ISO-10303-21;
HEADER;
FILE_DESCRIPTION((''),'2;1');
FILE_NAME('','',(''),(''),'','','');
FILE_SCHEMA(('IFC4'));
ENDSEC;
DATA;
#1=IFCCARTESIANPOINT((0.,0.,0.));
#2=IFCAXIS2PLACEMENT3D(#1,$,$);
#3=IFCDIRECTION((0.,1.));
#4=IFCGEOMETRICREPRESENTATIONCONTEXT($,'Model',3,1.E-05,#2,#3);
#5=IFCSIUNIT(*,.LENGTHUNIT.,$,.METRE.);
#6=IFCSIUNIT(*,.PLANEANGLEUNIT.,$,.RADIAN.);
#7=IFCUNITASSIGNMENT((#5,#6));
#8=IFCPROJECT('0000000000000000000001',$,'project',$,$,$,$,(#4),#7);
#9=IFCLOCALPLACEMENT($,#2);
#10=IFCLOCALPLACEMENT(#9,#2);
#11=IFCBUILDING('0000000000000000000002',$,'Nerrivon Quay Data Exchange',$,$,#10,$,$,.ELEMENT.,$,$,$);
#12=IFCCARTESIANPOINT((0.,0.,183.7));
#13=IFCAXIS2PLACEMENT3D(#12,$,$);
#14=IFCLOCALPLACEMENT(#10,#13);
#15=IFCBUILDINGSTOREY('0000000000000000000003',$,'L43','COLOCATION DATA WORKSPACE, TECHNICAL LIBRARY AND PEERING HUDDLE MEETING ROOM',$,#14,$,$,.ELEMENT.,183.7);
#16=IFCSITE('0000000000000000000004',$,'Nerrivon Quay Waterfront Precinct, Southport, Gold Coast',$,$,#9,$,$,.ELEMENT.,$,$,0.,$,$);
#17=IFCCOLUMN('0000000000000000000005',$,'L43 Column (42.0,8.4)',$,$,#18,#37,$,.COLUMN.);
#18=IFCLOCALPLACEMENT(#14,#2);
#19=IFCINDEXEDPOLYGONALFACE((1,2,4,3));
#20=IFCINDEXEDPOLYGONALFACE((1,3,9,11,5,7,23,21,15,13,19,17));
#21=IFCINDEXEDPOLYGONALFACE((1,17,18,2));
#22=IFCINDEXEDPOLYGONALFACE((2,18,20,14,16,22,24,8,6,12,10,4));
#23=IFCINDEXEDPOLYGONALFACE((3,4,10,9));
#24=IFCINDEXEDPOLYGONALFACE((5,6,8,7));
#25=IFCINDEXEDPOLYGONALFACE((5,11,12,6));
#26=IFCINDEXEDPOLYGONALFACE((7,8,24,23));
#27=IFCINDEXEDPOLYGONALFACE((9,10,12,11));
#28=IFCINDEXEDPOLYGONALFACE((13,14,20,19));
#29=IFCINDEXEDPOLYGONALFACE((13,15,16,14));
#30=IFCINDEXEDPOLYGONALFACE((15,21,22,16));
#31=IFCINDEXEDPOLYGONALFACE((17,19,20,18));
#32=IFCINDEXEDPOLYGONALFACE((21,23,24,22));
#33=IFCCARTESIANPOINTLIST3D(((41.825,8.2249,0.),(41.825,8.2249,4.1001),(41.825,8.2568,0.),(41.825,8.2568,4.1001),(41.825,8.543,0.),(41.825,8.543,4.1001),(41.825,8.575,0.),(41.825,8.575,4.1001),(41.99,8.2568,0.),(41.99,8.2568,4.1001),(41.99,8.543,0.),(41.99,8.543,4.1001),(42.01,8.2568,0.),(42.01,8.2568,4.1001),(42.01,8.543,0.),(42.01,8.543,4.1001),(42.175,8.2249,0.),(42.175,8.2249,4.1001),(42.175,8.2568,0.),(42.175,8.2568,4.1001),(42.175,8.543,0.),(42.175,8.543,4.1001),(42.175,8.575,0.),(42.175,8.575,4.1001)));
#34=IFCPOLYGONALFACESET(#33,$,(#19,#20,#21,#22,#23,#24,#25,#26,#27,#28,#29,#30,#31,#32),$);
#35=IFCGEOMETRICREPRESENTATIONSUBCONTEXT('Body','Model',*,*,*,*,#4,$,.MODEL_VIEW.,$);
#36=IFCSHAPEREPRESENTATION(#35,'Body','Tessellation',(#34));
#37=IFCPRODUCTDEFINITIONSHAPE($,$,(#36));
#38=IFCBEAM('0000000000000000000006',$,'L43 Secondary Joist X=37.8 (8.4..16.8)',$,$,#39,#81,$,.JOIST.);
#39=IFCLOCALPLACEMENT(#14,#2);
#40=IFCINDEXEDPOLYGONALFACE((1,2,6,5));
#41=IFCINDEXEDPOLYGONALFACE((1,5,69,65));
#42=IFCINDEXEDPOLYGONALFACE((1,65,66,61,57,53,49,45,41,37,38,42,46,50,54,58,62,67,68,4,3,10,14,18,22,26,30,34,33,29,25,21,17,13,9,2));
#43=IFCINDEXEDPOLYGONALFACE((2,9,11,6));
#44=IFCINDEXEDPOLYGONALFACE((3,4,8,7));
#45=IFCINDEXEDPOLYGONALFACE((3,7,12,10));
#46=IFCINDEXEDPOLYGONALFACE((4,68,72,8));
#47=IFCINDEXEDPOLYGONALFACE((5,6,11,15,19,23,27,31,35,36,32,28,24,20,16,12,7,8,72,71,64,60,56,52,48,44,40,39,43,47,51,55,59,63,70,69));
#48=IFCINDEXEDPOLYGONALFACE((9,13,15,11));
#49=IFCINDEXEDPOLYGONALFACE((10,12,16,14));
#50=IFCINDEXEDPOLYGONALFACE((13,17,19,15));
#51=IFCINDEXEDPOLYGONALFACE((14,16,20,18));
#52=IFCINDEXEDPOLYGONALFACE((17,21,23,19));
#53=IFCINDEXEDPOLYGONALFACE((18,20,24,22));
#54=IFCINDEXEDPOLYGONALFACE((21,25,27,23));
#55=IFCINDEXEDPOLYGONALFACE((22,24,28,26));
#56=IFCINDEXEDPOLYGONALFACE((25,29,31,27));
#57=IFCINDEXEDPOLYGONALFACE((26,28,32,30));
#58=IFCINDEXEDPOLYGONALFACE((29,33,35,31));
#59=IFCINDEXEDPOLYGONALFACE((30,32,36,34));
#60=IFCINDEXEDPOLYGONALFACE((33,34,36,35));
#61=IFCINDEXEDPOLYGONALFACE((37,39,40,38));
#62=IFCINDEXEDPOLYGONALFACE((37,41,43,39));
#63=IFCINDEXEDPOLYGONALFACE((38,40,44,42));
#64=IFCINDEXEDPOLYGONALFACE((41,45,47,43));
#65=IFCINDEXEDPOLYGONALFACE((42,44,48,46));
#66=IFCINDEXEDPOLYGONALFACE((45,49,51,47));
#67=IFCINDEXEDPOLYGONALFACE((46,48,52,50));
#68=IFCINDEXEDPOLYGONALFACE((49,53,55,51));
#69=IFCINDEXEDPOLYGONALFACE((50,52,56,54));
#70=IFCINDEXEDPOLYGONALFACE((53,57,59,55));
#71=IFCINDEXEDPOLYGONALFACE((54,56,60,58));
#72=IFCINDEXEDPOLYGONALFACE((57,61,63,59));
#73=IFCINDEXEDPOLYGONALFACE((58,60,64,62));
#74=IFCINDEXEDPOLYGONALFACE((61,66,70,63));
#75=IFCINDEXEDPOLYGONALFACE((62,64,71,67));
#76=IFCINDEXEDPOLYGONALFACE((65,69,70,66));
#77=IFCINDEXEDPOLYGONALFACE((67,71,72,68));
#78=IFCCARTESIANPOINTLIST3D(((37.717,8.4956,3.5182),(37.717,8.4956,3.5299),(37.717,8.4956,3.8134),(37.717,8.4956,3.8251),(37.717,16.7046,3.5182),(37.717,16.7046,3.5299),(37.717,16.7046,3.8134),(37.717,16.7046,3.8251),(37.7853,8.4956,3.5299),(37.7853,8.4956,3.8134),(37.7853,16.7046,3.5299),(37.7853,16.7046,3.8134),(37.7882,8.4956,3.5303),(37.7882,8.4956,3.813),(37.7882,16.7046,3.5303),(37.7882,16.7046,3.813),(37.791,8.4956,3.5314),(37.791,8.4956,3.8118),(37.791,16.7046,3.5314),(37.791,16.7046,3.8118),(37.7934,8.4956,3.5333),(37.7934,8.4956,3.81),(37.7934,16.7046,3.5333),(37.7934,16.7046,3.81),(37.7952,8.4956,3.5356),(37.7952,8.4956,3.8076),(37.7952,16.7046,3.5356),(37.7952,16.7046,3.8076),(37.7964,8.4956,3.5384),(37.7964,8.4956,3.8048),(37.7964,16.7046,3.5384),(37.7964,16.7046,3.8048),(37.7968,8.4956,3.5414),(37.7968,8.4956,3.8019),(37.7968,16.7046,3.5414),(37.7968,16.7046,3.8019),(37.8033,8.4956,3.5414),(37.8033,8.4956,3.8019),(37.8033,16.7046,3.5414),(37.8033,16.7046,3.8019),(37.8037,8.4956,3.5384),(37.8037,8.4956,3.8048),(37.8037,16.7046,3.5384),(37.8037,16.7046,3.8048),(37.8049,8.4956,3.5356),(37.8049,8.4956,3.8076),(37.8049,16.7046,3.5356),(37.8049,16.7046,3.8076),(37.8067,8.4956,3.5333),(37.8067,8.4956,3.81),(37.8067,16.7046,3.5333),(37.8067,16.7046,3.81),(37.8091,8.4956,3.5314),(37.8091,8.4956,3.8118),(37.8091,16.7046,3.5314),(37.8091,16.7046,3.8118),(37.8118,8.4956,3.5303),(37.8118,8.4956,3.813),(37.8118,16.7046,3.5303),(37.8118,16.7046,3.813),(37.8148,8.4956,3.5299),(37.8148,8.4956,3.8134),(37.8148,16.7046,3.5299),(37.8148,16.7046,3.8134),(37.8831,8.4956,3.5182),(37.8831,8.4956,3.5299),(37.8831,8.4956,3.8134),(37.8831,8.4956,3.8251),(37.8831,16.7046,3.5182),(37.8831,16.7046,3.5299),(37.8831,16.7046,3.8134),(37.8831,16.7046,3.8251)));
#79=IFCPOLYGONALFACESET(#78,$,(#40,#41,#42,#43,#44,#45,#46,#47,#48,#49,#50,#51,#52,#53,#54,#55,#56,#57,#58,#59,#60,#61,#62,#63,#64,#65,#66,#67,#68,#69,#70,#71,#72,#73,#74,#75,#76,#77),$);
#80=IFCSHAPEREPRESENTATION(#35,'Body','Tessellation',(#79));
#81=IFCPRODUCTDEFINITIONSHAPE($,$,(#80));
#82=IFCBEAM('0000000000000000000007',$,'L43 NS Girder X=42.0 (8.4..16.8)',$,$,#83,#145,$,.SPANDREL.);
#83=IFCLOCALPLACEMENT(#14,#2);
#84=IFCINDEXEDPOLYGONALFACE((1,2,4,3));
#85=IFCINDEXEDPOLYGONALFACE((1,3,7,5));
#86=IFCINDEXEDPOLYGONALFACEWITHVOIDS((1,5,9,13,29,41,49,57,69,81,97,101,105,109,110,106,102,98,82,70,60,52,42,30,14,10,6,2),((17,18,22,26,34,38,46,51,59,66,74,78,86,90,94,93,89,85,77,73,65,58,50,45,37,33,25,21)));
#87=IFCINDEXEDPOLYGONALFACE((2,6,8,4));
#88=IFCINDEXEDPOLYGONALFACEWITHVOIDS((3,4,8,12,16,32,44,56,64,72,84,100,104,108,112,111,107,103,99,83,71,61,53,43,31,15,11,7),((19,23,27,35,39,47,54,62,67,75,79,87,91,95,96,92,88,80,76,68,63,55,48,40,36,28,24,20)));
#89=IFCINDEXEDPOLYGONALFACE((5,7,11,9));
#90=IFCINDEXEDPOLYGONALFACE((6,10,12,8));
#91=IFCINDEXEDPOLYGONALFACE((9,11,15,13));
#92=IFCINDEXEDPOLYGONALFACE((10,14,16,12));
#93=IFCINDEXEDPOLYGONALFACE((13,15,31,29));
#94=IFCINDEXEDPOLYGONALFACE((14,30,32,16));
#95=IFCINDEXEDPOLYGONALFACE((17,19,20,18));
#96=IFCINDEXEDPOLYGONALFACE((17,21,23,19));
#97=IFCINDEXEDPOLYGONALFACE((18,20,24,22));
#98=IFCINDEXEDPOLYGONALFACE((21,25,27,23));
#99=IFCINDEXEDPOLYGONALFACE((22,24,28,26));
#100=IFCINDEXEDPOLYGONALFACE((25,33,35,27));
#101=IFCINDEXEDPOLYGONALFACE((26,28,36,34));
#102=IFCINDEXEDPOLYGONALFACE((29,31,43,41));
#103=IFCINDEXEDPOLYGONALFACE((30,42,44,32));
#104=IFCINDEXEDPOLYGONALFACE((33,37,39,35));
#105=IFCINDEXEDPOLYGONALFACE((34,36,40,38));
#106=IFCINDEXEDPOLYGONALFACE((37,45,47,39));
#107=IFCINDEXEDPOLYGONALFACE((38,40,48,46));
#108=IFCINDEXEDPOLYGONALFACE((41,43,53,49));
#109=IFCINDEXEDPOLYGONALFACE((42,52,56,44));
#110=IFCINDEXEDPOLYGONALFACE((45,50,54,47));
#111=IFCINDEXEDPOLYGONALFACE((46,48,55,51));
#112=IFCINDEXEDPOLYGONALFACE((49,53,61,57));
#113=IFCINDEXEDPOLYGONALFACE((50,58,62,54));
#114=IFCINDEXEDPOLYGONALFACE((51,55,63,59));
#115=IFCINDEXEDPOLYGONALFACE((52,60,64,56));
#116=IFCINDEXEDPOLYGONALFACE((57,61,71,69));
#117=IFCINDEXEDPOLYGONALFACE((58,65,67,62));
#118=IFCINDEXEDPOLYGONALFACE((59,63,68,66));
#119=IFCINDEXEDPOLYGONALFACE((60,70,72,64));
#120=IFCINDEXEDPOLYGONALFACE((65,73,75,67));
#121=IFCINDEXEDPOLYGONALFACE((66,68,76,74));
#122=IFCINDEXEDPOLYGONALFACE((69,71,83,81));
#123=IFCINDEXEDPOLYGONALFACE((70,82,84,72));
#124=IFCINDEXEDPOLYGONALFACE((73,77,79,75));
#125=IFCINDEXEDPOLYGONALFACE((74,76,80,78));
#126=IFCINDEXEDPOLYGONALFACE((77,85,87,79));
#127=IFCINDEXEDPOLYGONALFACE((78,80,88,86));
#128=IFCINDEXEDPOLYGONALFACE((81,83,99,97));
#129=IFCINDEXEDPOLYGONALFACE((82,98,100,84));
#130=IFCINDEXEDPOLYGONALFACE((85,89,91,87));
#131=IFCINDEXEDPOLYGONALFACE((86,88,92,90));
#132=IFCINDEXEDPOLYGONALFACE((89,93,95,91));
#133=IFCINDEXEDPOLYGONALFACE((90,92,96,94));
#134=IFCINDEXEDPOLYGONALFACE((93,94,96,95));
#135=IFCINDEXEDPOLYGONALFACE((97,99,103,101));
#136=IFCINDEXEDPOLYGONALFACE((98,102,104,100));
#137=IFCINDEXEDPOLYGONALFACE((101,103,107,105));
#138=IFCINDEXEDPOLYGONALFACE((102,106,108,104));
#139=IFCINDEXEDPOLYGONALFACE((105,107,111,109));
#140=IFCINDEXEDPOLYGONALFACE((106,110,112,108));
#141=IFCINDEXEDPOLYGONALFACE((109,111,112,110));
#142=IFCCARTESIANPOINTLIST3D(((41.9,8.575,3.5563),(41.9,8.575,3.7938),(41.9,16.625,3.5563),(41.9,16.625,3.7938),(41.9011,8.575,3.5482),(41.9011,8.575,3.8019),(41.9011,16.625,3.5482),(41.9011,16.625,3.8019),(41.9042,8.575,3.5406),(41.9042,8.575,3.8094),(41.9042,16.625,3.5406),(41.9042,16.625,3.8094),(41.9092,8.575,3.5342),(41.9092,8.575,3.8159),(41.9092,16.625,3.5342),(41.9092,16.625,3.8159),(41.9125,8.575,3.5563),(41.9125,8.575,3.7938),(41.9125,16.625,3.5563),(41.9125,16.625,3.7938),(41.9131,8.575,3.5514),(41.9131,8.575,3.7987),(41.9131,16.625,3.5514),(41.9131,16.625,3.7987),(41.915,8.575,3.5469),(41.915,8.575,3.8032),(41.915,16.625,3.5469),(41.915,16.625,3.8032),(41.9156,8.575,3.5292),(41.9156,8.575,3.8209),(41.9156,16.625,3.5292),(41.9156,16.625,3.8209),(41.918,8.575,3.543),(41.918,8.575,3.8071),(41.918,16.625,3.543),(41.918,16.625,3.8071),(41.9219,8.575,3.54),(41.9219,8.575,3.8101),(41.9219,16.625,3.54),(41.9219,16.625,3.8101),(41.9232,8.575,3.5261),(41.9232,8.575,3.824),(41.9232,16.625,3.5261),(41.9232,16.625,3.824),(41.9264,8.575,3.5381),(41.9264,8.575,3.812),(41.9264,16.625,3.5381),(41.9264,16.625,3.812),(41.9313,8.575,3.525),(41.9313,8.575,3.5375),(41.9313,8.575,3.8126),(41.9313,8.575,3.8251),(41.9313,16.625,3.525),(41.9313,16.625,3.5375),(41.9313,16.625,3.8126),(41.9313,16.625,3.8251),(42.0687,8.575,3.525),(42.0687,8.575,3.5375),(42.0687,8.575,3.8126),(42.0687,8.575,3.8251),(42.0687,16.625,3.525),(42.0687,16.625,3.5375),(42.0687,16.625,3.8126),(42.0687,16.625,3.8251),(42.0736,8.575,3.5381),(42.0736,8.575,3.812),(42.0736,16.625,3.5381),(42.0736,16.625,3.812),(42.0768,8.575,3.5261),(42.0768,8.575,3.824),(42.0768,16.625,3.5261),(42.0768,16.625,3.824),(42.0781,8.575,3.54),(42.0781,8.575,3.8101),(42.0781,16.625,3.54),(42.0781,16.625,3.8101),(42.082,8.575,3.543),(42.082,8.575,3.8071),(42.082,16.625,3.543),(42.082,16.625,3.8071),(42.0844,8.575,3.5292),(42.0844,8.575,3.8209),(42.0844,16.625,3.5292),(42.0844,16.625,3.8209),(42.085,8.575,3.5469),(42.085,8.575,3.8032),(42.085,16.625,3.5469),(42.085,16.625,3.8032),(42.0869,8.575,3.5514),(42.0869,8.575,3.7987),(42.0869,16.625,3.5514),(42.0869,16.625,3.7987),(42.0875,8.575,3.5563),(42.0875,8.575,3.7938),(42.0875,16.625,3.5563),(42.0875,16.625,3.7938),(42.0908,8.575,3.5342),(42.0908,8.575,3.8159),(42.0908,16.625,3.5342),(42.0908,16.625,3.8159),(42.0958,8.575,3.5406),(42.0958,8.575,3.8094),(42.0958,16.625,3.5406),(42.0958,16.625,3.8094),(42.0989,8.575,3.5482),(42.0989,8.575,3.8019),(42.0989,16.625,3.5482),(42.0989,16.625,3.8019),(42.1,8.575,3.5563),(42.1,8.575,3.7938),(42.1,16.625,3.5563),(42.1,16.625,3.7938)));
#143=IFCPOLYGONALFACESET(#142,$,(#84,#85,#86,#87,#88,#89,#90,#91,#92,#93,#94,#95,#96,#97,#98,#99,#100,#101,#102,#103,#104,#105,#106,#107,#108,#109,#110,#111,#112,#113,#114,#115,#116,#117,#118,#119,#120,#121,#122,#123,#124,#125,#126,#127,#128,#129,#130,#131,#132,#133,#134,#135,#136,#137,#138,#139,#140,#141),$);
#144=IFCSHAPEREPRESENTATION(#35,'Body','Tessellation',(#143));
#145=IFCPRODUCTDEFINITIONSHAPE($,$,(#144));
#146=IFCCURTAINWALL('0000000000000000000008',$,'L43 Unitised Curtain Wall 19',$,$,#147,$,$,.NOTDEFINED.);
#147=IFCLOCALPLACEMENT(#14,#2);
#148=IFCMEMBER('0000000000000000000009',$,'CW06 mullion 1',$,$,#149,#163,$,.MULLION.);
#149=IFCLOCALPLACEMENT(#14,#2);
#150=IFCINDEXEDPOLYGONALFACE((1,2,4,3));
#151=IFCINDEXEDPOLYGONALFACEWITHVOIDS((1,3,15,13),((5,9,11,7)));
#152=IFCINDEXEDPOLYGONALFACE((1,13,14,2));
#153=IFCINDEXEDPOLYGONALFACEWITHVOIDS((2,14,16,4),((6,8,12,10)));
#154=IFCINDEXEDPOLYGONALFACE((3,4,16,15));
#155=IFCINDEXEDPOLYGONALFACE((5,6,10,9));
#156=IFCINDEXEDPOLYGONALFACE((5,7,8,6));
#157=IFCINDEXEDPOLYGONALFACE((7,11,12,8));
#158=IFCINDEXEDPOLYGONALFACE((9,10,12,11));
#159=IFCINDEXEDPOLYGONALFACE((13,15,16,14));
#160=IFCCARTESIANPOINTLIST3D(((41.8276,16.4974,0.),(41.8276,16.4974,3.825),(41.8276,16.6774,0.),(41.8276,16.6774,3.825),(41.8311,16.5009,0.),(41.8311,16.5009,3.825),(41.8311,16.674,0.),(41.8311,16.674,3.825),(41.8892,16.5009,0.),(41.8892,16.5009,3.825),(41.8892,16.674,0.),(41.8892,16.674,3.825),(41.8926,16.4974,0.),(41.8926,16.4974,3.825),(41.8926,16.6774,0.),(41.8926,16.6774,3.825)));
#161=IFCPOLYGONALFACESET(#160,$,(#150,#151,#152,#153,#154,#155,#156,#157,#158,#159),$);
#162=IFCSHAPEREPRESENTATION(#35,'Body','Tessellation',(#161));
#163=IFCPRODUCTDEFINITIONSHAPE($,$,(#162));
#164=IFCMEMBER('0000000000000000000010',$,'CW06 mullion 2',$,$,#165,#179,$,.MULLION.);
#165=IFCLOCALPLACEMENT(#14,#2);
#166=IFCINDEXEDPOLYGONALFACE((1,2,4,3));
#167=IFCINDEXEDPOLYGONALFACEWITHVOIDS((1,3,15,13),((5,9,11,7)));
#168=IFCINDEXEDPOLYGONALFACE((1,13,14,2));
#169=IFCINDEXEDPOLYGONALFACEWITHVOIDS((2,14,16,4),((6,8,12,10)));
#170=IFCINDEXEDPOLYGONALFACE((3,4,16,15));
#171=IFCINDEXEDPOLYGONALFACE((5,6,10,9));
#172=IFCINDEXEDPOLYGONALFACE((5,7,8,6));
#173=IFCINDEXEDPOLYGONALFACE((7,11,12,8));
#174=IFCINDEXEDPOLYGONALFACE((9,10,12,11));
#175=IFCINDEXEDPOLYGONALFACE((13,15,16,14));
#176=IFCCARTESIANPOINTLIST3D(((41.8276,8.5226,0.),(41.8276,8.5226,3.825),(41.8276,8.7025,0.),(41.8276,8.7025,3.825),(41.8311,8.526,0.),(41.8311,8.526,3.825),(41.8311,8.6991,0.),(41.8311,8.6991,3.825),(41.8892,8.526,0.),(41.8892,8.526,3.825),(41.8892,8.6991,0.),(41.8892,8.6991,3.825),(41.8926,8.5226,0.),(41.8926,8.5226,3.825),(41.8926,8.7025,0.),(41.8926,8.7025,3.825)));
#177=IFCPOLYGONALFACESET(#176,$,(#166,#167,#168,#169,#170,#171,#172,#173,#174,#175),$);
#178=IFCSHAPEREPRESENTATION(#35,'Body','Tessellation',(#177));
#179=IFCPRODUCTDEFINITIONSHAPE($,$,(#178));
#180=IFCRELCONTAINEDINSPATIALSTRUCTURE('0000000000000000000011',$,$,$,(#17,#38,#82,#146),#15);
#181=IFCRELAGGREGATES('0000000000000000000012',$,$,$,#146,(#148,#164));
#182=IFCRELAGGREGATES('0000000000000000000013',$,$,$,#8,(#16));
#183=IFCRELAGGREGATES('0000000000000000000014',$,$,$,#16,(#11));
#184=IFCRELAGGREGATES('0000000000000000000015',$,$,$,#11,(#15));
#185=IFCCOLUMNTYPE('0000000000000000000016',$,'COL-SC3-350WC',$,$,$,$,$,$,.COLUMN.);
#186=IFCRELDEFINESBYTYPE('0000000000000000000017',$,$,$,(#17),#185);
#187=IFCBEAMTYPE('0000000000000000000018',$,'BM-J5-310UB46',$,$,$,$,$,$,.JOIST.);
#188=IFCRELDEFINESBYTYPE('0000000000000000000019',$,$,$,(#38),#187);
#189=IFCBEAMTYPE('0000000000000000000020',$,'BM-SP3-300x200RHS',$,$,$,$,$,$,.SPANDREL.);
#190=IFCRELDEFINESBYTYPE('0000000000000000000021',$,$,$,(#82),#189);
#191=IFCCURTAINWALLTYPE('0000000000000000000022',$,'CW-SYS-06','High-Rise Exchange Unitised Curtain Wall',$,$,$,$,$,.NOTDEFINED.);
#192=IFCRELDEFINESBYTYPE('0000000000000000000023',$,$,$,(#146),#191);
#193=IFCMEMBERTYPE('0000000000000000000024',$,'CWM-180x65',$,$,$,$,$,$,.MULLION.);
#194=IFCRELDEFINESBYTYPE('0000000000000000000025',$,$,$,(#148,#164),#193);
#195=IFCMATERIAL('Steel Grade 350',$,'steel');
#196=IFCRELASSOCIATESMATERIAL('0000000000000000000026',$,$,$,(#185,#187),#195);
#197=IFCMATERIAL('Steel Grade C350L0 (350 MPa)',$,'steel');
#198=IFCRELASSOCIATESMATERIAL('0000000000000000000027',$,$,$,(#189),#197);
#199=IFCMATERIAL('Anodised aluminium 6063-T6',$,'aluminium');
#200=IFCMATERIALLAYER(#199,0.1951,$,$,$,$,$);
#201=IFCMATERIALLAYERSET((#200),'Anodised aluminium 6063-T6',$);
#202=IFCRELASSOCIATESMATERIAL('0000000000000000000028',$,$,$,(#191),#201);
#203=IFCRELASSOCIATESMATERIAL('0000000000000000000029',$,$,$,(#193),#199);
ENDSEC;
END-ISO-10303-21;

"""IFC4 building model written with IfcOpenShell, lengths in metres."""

from ifc_helpers import new_model, si_unit, direction, frame, origin, origin_2d, place, context, subcontext, project, spatial, hollow_rectangle, i_section, extrude, material, layer, layer_set, material_profile, profile_set, type_object, element, aggregate, save


model = new_model("IFC4")

# Units and contexts
model_context = context("Model", 3, precision=1e-05, world=origin(), true_north=direction((0.0, 1.0)))
body_context = subcontext(model_context, "Body", "Model", "MODEL_VIEW")
ifc_project = project(units=[si_unit("LENGTHUNIT", "METRE"), si_unit("PLANEANGLEUNIT", "RADIAN")], contexts=[model_context])

# Site, building, storey
site_placement = place(None, origin())
site = spatial("IfcSite", under=ifc_project, at=site_placement, Name="Nerrivon Quay Waterfront Precinct, Southport, Gold Coast", CompositionType="ELEMENT", RefElevation=0.0)
building_placement = place(site_placement, origin())
building = spatial("IfcBuilding", under=site, at=building_placement, Name="Nerrivon Quay Data Exchange", CompositionType="ELEMENT")
storey_placement = place(building_placement, frame((0.0, 0.0, 183.7)))
storey = spatial("IfcBuildingStorey", under=building, at=storey_placement, Name="L43", Description="COLOCATION DATA WORKSPACE, TECHNICAL LIBRARY AND PEERING HUDDLE MEETING ROOM", CompositionType="ELEMENT", Elevation=183.7)

# Column
ifc_material_1 = material(Name="Steel Grade 350", Category="steel")
ifc_material_profile_1 = material_profile(ifc_material_1, i_section(OverallWidth=0.3501, OverallDepth=0.3501, WebThickness=0.02, FlangeThickness=0.032, at=origin_2d()), Name="350WC230")
ifc_profile_set_1 = profile_set([ifc_material_profile_1], Name="Steel Grade 350")
column_type = type_object("IfcColumnType", Name="COL-SC3-350WC", PredefinedType="COLUMN", material=ifc_profile_set_1)
column_placement = place(storey_placement, frame((42.0, 8.3999, 0.0), z_axis=(0.0, 0.0, 1.0), x_axis=(1.0, 0.0, 0.0)))
element("IfcColumn", 1, at=column_placement, inside=storey, type_object=column_type, Name="L43 Column (42.0,8.4)", PredefinedType="COLUMN", context=body_context, shape_type="SweptSolid", body=[
    extrude(i_section(OverallWidth=0.3501, OverallDepth=0.3501, WebThickness=0.02, FlangeThickness=0.032, at=origin_2d()), origin(), (0.0, 0.0, 1.0), 4.1001),
])

# Beams
ifc_material_profile_2 = material_profile(ifc_material_1, i_section(OverallWidth=0.166, OverallDepth=0.3069, WebThickness=0.0066, FlangeThickness=0.0117, FilletRadius=0.0115, at=origin_2d()), Name="310UB46.2")
ifc_profile_set_2 = profile_set([ifc_material_profile_2], Name="Steel Grade 350")
beam_type_1 = type_object("IfcBeamType", Name="BM-J5-310UB46", PredefinedType="JOIST", material=ifc_profile_set_2)
beam_1_placement = place(storey_placement, frame((37.8, 8.4956, 3.6716), z_axis=(0.0, 1.0, 0.0), x_axis=(-1.0, 0.0, 0.0)))
element("IfcBeam", 2, at=beam_1_placement, inside=storey, type_object=beam_type_1, Name="L43 Secondary Joist X=37.8 (8.4..16.8)", PredefinedType="JOIST", context=body_context, shape_type="SweptSolid", body=[
    extrude(i_section(OverallWidth=0.166, OverallDepth=0.3069, WebThickness=0.0066, FlangeThickness=0.0117, FilletRadius=0.0115, at=origin_2d()), origin(), (0.0, 0.0, 1.0), 8.209),
])
ifc_material_2 = material(Name="Steel Grade C350L0 (350 MPa)", Category="steel")
ifc_material_profile_3 = material_profile(ifc_material_2, hollow_rectangle(XDim=0.2, YDim=0.3, WallThickness=0.0125, InnerFilletRadius=0.0188, OuterFilletRadius=0.0312, at=origin_2d()), Name="300x200x12.5RHS")
ifc_profile_set_3 = profile_set([ifc_material_profile_3], Name="Steel Grade C350L0 (350 MPa)")
beam_type_2 = type_object("IfcBeamType", Name="BM-SP3-300x200RHS", PredefinedType="SPANDREL", material=ifc_profile_set_3)
beam_2_placement = place(storey_placement, frame((42.0, 8.575, 3.675), z_axis=(0.0, 1.0, 0.0), x_axis=(-1.0, 0.0, 0.0)))
element("IfcBeam", 3, at=beam_2_placement, inside=storey, type_object=beam_type_2, Name="L43 NS Girder X=42.0 (8.4..16.8)", PredefinedType="SPANDREL", context=body_context, shape_type="SweptSolid", body=[
    extrude(hollow_rectangle(XDim=0.2, YDim=0.3, WallThickness=0.0125, InnerFilletRadius=0.0188, OuterFilletRadius=0.0312, at=origin_2d()), origin(), (0.0, 0.0, 1.0), 8.05),
])

# Curtain wall, members
ifc_material_3 = material(Name="Anodised aluminium 6063-T6", Category="aluminium")
ifc_layer_1 = layer(ifc_material_3, 0.1951)
ifc_layer_set_1 = layer_set([ifc_layer_1], Name="Anodised aluminium 6063-T6")
curtain_wall_type = type_object("IfcCurtainWallType", Name="CW-SYS-06", Description="High-Rise Exchange Unitised Curtain Wall", PredefinedType="NOTDEFINED", material=ifc_layer_set_1)
curtain_wall_1_placement = place(storey_placement, origin())
curtain_wall_1 = element("IfcCurtainWall", 4, at=curtain_wall_1_placement, inside=storey, type_object=curtain_wall_type, Name="L43 Unitised Curtain Wall 19", PredefinedType="NOTDEFINED")
ifc_material_profile_4 = material_profile(ifc_material_3, hollow_rectangle(XDim=0.0649, YDim=0.1799, WallThickness=0.0034, at=origin_2d()), Name="ALU-MULL-180x65")
ifc_profile_set_4 = profile_set([ifc_material_profile_4], Name="Anodised aluminium 6063-T6")
member_type_1 = type_object("IfcMemberType", Name="CWM-180x65", PredefinedType="MULLION", material=ifc_profile_set_4)
member_1_placement = place(storey_placement, frame((41.8601, 16.5874, 0.0), z_axis=(0.0, 0.0, 1.0), x_axis=(1.0, 0.0, 0.0)))
member_1 = element("IfcMember", 5, at=member_1_placement, type_object=member_type_1, Name="CW06 mullion 1", PredefinedType="MULLION", context=body_context, shape_type="SweptSolid", body=[
    extrude(hollow_rectangle(XDim=0.0649, YDim=0.1799, WallThickness=0.0034, at=origin_2d()), origin(), (0.0, 0.0, 1.0), 3.825),
])
member_2_placement = place(storey_placement, frame((41.8601, 8.6125, 0.0), z_axis=(0.0, 0.0, 1.0), x_axis=(1.0, 0.0, 0.0)))
member_2 = element("IfcMember", 6, at=member_2_placement, type_object=member_type_1, Name="CW06 mullion 2", PredefinedType="MULLION", context=body_context, shape_type="SweptSolid", body=[
    extrude(hollow_rectangle(XDim=0.0649, YDim=0.1799, WallThickness=0.0034, at=origin_2d()), origin(), (0.0, 0.0, 1.0), 3.825),
])

aggregate(curtain_wall_1, [member_1, member_2])

save(model, "model.ifc")
